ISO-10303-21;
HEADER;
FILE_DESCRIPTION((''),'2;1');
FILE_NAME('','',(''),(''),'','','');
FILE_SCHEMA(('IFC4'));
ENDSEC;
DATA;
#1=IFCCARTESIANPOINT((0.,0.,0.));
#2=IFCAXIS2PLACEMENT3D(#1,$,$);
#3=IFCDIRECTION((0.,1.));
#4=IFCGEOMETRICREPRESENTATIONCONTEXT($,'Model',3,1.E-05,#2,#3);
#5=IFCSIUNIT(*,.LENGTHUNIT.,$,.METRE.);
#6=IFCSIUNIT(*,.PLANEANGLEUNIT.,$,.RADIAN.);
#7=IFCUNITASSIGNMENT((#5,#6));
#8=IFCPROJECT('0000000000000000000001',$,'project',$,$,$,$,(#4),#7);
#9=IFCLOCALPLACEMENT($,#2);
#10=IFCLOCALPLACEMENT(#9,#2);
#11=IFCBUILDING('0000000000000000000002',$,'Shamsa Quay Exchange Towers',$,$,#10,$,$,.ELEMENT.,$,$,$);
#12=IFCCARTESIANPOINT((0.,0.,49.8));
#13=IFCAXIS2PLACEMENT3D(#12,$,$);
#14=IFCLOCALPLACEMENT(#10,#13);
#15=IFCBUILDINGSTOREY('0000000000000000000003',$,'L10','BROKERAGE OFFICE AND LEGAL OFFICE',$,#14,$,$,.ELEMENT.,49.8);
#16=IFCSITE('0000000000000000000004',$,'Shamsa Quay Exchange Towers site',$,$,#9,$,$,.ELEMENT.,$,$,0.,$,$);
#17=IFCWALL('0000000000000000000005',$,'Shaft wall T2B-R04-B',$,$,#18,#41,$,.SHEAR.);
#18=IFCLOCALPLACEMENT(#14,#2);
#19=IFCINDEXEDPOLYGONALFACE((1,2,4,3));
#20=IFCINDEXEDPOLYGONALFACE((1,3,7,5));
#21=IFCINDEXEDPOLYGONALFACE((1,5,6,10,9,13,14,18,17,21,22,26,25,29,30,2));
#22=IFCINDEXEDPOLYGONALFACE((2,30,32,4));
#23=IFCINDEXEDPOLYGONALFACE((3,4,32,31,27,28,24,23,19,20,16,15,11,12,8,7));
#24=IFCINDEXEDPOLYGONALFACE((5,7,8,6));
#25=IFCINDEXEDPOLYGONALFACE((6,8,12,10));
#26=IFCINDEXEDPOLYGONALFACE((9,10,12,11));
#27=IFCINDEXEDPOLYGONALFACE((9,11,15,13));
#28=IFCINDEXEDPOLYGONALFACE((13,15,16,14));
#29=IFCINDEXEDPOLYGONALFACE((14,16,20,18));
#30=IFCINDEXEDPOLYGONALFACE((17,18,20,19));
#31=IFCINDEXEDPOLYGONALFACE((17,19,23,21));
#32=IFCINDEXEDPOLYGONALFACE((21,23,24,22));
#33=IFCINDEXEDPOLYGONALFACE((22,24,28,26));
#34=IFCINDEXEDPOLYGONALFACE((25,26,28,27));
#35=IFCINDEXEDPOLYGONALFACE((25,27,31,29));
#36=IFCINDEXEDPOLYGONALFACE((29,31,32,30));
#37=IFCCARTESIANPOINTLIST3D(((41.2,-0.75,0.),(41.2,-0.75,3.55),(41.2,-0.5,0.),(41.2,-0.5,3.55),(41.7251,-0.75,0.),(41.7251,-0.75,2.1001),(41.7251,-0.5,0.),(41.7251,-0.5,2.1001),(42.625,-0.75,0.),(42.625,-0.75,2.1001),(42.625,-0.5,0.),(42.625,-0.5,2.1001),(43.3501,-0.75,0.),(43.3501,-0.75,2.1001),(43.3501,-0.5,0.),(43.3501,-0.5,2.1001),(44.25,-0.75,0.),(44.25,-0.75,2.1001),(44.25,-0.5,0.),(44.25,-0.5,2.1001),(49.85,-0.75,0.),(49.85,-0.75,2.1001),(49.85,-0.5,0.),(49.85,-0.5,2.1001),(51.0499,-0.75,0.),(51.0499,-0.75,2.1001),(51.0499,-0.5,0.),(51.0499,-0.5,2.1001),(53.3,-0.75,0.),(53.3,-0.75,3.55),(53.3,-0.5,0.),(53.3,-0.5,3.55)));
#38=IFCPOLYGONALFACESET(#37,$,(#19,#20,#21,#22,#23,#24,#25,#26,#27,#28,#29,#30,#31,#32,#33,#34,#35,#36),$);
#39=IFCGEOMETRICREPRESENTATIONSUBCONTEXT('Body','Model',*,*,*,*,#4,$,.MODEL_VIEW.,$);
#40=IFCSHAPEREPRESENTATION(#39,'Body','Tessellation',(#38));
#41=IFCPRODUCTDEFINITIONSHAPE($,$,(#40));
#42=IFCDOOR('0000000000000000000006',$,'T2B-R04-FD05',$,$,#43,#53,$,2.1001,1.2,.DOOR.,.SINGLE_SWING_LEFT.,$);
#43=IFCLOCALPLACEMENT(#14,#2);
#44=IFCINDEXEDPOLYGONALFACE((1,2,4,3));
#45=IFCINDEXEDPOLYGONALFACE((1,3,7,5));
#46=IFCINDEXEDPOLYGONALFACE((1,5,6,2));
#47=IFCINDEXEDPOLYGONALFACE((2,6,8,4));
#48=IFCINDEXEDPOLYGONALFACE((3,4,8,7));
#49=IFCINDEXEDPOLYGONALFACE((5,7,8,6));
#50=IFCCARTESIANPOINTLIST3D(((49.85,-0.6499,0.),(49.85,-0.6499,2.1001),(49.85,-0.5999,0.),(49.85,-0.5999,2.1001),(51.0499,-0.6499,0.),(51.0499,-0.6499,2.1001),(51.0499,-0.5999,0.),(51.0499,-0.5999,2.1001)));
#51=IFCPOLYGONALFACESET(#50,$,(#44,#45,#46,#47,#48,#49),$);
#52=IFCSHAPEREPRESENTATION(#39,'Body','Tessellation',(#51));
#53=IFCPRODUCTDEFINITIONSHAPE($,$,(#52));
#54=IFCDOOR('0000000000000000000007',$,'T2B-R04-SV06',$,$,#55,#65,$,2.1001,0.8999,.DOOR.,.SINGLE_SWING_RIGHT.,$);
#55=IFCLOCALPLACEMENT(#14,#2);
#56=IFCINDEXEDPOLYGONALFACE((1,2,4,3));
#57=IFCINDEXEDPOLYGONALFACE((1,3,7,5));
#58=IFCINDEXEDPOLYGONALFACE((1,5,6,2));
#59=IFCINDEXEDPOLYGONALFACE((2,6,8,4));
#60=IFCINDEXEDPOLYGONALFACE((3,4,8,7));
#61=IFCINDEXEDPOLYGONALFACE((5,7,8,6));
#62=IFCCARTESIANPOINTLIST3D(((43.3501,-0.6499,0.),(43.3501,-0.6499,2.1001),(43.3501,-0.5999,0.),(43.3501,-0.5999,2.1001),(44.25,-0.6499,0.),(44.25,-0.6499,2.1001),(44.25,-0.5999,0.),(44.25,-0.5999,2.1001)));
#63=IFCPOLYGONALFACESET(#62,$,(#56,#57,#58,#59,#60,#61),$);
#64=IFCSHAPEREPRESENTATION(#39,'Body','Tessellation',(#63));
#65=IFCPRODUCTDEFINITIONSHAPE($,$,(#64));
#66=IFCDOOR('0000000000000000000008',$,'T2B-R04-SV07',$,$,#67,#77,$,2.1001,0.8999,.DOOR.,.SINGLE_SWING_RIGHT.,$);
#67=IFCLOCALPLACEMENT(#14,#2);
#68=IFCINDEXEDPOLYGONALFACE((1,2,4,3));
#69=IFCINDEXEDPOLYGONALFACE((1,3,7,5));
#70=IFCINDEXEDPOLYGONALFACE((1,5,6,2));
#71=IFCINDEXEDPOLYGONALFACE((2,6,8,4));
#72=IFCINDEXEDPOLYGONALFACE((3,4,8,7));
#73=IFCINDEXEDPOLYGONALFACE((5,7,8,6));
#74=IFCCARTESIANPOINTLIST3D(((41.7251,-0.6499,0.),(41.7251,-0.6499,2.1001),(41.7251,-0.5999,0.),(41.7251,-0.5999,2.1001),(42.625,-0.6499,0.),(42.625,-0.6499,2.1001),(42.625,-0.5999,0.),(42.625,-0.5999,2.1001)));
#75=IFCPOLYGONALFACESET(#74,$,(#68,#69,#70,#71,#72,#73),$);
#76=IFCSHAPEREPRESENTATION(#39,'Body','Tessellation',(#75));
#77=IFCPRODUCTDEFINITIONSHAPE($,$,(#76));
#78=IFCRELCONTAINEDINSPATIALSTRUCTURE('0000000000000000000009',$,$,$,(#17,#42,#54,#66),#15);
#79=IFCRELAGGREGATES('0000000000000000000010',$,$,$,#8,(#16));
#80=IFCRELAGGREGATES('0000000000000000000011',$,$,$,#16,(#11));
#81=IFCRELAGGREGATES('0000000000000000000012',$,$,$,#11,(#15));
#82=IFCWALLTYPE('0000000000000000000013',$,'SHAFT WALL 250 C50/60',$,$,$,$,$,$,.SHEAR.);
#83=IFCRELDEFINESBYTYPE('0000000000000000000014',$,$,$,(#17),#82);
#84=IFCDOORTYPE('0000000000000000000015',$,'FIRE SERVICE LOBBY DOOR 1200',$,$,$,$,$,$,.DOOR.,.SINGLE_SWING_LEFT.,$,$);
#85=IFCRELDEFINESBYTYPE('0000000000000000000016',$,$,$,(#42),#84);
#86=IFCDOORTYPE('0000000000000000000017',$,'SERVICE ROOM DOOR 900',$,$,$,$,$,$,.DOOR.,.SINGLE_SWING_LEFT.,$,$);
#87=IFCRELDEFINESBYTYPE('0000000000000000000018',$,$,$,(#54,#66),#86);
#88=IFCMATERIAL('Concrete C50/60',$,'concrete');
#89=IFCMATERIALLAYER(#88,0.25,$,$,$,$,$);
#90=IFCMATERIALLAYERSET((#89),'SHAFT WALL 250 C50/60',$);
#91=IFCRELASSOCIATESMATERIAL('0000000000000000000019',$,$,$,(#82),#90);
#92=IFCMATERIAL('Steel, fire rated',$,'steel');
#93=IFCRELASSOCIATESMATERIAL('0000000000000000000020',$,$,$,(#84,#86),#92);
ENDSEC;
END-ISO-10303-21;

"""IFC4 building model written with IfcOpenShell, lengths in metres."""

from ifc_helpers import new_model, si_unit, direction, frame, frame_2d, origin, place, context, subcontext, project, spatial, rectangle, extrude, material, layer, layer_set, type_object, element, fill, save


model = new_model("IFC4")

# Units and contexts
model_context = context("Model", 3, precision=1e-05, world=origin(), true_north=direction((0.0, 1.0)))
body_context = subcontext(model_context, "Body", "Model", "MODEL_VIEW")
ifc_project = project(units=[si_unit("LENGTHUNIT", "METRE"), si_unit("PLANEANGLEUNIT", "RADIAN")], contexts=[model_context])

# Site, building, storey
site_placement = place(None, origin())
site = spatial("IfcSite", under=ifc_project, at=site_placement, Name="Shamsa Quay Exchange Towers site", CompositionType="ELEMENT", RefElevation=0.0)
building_placement = place(site_placement, origin())
building = spatial("IfcBuilding", under=site, at=building_placement, Name="Shamsa Quay Exchange Towers", CompositionType="ELEMENT")
storey_placement = place(building_placement, frame((0.0, 0.0, 49.8)))
storey = spatial("IfcBuildingStorey", under=building, at=storey_placement, Name="L10", Description="BROKERAGE OFFICE AND LEGAL OFFICE", CompositionType="ELEMENT", Elevation=49.8)

# Shared definitions
ifc_material_1 = material(Name="Steel, fire rated", Category="steel")

# Shared definitions
ifc_material_2 = material(Name="Concrete C50/60", Category="concrete")
ifc_layer_1 = layer(ifc_material_2, 0.25)
ifc_layer_set_1 = layer_set([ifc_layer_1], Name="SHAFT WALL 250 C50/60")
wall_type_1 = type_object("IfcWallType", Name="SHAFT WALL 250 C50/60", PredefinedType="SHEAR", material=ifc_layer_set_1)

# Wall, openings, doors
wall_1_placement = place(storey_placement, frame((53.3, -0.625, 0.0), z_axis=(0.0, 0.0, 1.0), x_axis=(-1.0, 0.0, 0.0)))
wall_1 = element("IfcWall", 1, at=wall_1_placement, inside=storey, type_object=wall_type_1, Name="Shaft wall T2B-R04-B", PredefinedType="SHEAR", context=body_context, shape_type="SweptSolid", body=[
    extrude(rectangle(XDim=12.1001, YDim=0.25, at=frame_2d((6.05, 0.0))), origin(), (0.0, 0.0, 1.0), 3.55),
])
opening_1_placement = place(wall_1_placement, frame((2.25, 0.0, 0.0)))
opening_1 = element("IfcOpeningElement", 2, at=opening_1_placement, cuts=wall_1, PredefinedType="OPENING", context=body_context, shape_type="SweptSolid", body=[
    extrude(rectangle(XDim=1.2, YDim=2.1001, at=frame_2d((0.6001, 1.05))), frame((0.0, 0.135, 0.0), z_axis=(0.0, -1.0, 0.0), x_axis=(1.0, 0.0, 0.0)), (0.0, 0.0, 1.0), 0.27),
])
opening_2_placement = place(wall_1_placement, frame((9.05, 0.0, 0.0)))
opening_2 = element("IfcOpeningElement", 3, at=opening_2_placement, cuts=wall_1, PredefinedType="OPENING", context=body_context, shape_type="SweptSolid", body=[
    extrude(rectangle(XDim=0.8999, YDim=2.1001, at=frame_2d((0.45, 1.05))), frame((0.0, 0.135, 0.0), z_axis=(0.0, -1.0, 0.0), x_axis=(1.0, 0.0, 0.0)), (0.0, 0.0, 1.0), 0.27),
])
opening_3_placement = place(wall_1_placement, frame((10.675, 0.0, 0.0)))
opening_3 = element("IfcOpeningElement", 4, at=opening_3_placement, cuts=wall_1, PredefinedType="OPENING", context=body_context, shape_type="SweptSolid", body=[
    extrude(rectangle(XDim=0.8999, YDim=2.1001, at=frame_2d((0.45, 1.05))), frame((0.0, 0.135, 0.0), z_axis=(0.0, -1.0, 0.0), x_axis=(1.0, 0.0, 0.0)), (0.0, 0.0, 1.0), 0.27),
])
door_type_1 = type_object("IfcDoorType", Name="FIRE SERVICE LOBBY DOOR 1200", OperationType="SINGLE_SWING_LEFT", PredefinedType="DOOR", material=ifc_material_1)
door_1_placement = place(opening_1_placement, origin())
door_1 = element("IfcDoor", 5, at=door_1_placement, inside=storey, type_object=door_type_1, Name="T2B-R04-FD05", OperationType="SINGLE_SWING_LEFT", OverallHeight=2.1001, OverallWidth=1.2, PredefinedType="DOOR", context=body_context, shape_type="SweptSolid", body=[
    extrude(rectangle(XDim=1.2, YDim=2.1001, at=frame_2d((0.6001, 1.05))), frame((0.0, 0.0249, 0.0), z_axis=(0.0, -1.0, 0.0), x_axis=(1.0, 0.0, 0.0)), (0.0, 0.0, 1.0), 0.05),
])
fill(opening_1, door_1)
door_type_2 = type_object("IfcDoorType", Name="SERVICE ROOM DOOR 900", OperationType="SINGLE_SWING_LEFT", PredefinedType="DOOR", material=ifc_material_1)
door_2_placement = place(opening_2_placement, origin())
door_2 = element("IfcDoor", 6, at=door_2_placement, inside=storey, type_object=door_type_2, Name="T2B-R04-SV06", OperationType="SINGLE_SWING_RIGHT", OverallHeight=2.1001, OverallWidth=0.8999, PredefinedType="DOOR", context=body_context, shape_type="SweptSolid", body=[
    extrude(rectangle(XDim=0.8999, YDim=2.1001, at=frame_2d((0.45, 1.05))), frame((0.0, 0.0249, 0.0), z_axis=(0.0, -1.0, 0.0), x_axis=(1.0, 0.0, 0.0)), (0.0, 0.0, 1.0), 0.05),
])
fill(opening_2, door_2)
door_3_placement = place(opening_3_placement, origin())
door_3 = element("IfcDoor", 7, at=door_3_placement, inside=storey, type_object=door_type_2, Name="T2B-R04-SV07", OperationType="SINGLE_SWING_RIGHT", OverallHeight=2.1001, OverallWidth=0.8999, PredefinedType="DOOR", context=body_context, shape_type="SweptSolid", body=[
    extrude(rectangle(XDim=0.8999, YDim=2.1001, at=frame_2d((0.45, 1.05))), frame((0.0, 0.0249, 0.0), z_axis=(0.0, -1.0, 0.0), x_axis=(1.0, 0.0, 0.0)), (0.0, 0.0, 1.0), 0.05),
])
fill(opening_3, door_3)

save(model, "model.ifc")
